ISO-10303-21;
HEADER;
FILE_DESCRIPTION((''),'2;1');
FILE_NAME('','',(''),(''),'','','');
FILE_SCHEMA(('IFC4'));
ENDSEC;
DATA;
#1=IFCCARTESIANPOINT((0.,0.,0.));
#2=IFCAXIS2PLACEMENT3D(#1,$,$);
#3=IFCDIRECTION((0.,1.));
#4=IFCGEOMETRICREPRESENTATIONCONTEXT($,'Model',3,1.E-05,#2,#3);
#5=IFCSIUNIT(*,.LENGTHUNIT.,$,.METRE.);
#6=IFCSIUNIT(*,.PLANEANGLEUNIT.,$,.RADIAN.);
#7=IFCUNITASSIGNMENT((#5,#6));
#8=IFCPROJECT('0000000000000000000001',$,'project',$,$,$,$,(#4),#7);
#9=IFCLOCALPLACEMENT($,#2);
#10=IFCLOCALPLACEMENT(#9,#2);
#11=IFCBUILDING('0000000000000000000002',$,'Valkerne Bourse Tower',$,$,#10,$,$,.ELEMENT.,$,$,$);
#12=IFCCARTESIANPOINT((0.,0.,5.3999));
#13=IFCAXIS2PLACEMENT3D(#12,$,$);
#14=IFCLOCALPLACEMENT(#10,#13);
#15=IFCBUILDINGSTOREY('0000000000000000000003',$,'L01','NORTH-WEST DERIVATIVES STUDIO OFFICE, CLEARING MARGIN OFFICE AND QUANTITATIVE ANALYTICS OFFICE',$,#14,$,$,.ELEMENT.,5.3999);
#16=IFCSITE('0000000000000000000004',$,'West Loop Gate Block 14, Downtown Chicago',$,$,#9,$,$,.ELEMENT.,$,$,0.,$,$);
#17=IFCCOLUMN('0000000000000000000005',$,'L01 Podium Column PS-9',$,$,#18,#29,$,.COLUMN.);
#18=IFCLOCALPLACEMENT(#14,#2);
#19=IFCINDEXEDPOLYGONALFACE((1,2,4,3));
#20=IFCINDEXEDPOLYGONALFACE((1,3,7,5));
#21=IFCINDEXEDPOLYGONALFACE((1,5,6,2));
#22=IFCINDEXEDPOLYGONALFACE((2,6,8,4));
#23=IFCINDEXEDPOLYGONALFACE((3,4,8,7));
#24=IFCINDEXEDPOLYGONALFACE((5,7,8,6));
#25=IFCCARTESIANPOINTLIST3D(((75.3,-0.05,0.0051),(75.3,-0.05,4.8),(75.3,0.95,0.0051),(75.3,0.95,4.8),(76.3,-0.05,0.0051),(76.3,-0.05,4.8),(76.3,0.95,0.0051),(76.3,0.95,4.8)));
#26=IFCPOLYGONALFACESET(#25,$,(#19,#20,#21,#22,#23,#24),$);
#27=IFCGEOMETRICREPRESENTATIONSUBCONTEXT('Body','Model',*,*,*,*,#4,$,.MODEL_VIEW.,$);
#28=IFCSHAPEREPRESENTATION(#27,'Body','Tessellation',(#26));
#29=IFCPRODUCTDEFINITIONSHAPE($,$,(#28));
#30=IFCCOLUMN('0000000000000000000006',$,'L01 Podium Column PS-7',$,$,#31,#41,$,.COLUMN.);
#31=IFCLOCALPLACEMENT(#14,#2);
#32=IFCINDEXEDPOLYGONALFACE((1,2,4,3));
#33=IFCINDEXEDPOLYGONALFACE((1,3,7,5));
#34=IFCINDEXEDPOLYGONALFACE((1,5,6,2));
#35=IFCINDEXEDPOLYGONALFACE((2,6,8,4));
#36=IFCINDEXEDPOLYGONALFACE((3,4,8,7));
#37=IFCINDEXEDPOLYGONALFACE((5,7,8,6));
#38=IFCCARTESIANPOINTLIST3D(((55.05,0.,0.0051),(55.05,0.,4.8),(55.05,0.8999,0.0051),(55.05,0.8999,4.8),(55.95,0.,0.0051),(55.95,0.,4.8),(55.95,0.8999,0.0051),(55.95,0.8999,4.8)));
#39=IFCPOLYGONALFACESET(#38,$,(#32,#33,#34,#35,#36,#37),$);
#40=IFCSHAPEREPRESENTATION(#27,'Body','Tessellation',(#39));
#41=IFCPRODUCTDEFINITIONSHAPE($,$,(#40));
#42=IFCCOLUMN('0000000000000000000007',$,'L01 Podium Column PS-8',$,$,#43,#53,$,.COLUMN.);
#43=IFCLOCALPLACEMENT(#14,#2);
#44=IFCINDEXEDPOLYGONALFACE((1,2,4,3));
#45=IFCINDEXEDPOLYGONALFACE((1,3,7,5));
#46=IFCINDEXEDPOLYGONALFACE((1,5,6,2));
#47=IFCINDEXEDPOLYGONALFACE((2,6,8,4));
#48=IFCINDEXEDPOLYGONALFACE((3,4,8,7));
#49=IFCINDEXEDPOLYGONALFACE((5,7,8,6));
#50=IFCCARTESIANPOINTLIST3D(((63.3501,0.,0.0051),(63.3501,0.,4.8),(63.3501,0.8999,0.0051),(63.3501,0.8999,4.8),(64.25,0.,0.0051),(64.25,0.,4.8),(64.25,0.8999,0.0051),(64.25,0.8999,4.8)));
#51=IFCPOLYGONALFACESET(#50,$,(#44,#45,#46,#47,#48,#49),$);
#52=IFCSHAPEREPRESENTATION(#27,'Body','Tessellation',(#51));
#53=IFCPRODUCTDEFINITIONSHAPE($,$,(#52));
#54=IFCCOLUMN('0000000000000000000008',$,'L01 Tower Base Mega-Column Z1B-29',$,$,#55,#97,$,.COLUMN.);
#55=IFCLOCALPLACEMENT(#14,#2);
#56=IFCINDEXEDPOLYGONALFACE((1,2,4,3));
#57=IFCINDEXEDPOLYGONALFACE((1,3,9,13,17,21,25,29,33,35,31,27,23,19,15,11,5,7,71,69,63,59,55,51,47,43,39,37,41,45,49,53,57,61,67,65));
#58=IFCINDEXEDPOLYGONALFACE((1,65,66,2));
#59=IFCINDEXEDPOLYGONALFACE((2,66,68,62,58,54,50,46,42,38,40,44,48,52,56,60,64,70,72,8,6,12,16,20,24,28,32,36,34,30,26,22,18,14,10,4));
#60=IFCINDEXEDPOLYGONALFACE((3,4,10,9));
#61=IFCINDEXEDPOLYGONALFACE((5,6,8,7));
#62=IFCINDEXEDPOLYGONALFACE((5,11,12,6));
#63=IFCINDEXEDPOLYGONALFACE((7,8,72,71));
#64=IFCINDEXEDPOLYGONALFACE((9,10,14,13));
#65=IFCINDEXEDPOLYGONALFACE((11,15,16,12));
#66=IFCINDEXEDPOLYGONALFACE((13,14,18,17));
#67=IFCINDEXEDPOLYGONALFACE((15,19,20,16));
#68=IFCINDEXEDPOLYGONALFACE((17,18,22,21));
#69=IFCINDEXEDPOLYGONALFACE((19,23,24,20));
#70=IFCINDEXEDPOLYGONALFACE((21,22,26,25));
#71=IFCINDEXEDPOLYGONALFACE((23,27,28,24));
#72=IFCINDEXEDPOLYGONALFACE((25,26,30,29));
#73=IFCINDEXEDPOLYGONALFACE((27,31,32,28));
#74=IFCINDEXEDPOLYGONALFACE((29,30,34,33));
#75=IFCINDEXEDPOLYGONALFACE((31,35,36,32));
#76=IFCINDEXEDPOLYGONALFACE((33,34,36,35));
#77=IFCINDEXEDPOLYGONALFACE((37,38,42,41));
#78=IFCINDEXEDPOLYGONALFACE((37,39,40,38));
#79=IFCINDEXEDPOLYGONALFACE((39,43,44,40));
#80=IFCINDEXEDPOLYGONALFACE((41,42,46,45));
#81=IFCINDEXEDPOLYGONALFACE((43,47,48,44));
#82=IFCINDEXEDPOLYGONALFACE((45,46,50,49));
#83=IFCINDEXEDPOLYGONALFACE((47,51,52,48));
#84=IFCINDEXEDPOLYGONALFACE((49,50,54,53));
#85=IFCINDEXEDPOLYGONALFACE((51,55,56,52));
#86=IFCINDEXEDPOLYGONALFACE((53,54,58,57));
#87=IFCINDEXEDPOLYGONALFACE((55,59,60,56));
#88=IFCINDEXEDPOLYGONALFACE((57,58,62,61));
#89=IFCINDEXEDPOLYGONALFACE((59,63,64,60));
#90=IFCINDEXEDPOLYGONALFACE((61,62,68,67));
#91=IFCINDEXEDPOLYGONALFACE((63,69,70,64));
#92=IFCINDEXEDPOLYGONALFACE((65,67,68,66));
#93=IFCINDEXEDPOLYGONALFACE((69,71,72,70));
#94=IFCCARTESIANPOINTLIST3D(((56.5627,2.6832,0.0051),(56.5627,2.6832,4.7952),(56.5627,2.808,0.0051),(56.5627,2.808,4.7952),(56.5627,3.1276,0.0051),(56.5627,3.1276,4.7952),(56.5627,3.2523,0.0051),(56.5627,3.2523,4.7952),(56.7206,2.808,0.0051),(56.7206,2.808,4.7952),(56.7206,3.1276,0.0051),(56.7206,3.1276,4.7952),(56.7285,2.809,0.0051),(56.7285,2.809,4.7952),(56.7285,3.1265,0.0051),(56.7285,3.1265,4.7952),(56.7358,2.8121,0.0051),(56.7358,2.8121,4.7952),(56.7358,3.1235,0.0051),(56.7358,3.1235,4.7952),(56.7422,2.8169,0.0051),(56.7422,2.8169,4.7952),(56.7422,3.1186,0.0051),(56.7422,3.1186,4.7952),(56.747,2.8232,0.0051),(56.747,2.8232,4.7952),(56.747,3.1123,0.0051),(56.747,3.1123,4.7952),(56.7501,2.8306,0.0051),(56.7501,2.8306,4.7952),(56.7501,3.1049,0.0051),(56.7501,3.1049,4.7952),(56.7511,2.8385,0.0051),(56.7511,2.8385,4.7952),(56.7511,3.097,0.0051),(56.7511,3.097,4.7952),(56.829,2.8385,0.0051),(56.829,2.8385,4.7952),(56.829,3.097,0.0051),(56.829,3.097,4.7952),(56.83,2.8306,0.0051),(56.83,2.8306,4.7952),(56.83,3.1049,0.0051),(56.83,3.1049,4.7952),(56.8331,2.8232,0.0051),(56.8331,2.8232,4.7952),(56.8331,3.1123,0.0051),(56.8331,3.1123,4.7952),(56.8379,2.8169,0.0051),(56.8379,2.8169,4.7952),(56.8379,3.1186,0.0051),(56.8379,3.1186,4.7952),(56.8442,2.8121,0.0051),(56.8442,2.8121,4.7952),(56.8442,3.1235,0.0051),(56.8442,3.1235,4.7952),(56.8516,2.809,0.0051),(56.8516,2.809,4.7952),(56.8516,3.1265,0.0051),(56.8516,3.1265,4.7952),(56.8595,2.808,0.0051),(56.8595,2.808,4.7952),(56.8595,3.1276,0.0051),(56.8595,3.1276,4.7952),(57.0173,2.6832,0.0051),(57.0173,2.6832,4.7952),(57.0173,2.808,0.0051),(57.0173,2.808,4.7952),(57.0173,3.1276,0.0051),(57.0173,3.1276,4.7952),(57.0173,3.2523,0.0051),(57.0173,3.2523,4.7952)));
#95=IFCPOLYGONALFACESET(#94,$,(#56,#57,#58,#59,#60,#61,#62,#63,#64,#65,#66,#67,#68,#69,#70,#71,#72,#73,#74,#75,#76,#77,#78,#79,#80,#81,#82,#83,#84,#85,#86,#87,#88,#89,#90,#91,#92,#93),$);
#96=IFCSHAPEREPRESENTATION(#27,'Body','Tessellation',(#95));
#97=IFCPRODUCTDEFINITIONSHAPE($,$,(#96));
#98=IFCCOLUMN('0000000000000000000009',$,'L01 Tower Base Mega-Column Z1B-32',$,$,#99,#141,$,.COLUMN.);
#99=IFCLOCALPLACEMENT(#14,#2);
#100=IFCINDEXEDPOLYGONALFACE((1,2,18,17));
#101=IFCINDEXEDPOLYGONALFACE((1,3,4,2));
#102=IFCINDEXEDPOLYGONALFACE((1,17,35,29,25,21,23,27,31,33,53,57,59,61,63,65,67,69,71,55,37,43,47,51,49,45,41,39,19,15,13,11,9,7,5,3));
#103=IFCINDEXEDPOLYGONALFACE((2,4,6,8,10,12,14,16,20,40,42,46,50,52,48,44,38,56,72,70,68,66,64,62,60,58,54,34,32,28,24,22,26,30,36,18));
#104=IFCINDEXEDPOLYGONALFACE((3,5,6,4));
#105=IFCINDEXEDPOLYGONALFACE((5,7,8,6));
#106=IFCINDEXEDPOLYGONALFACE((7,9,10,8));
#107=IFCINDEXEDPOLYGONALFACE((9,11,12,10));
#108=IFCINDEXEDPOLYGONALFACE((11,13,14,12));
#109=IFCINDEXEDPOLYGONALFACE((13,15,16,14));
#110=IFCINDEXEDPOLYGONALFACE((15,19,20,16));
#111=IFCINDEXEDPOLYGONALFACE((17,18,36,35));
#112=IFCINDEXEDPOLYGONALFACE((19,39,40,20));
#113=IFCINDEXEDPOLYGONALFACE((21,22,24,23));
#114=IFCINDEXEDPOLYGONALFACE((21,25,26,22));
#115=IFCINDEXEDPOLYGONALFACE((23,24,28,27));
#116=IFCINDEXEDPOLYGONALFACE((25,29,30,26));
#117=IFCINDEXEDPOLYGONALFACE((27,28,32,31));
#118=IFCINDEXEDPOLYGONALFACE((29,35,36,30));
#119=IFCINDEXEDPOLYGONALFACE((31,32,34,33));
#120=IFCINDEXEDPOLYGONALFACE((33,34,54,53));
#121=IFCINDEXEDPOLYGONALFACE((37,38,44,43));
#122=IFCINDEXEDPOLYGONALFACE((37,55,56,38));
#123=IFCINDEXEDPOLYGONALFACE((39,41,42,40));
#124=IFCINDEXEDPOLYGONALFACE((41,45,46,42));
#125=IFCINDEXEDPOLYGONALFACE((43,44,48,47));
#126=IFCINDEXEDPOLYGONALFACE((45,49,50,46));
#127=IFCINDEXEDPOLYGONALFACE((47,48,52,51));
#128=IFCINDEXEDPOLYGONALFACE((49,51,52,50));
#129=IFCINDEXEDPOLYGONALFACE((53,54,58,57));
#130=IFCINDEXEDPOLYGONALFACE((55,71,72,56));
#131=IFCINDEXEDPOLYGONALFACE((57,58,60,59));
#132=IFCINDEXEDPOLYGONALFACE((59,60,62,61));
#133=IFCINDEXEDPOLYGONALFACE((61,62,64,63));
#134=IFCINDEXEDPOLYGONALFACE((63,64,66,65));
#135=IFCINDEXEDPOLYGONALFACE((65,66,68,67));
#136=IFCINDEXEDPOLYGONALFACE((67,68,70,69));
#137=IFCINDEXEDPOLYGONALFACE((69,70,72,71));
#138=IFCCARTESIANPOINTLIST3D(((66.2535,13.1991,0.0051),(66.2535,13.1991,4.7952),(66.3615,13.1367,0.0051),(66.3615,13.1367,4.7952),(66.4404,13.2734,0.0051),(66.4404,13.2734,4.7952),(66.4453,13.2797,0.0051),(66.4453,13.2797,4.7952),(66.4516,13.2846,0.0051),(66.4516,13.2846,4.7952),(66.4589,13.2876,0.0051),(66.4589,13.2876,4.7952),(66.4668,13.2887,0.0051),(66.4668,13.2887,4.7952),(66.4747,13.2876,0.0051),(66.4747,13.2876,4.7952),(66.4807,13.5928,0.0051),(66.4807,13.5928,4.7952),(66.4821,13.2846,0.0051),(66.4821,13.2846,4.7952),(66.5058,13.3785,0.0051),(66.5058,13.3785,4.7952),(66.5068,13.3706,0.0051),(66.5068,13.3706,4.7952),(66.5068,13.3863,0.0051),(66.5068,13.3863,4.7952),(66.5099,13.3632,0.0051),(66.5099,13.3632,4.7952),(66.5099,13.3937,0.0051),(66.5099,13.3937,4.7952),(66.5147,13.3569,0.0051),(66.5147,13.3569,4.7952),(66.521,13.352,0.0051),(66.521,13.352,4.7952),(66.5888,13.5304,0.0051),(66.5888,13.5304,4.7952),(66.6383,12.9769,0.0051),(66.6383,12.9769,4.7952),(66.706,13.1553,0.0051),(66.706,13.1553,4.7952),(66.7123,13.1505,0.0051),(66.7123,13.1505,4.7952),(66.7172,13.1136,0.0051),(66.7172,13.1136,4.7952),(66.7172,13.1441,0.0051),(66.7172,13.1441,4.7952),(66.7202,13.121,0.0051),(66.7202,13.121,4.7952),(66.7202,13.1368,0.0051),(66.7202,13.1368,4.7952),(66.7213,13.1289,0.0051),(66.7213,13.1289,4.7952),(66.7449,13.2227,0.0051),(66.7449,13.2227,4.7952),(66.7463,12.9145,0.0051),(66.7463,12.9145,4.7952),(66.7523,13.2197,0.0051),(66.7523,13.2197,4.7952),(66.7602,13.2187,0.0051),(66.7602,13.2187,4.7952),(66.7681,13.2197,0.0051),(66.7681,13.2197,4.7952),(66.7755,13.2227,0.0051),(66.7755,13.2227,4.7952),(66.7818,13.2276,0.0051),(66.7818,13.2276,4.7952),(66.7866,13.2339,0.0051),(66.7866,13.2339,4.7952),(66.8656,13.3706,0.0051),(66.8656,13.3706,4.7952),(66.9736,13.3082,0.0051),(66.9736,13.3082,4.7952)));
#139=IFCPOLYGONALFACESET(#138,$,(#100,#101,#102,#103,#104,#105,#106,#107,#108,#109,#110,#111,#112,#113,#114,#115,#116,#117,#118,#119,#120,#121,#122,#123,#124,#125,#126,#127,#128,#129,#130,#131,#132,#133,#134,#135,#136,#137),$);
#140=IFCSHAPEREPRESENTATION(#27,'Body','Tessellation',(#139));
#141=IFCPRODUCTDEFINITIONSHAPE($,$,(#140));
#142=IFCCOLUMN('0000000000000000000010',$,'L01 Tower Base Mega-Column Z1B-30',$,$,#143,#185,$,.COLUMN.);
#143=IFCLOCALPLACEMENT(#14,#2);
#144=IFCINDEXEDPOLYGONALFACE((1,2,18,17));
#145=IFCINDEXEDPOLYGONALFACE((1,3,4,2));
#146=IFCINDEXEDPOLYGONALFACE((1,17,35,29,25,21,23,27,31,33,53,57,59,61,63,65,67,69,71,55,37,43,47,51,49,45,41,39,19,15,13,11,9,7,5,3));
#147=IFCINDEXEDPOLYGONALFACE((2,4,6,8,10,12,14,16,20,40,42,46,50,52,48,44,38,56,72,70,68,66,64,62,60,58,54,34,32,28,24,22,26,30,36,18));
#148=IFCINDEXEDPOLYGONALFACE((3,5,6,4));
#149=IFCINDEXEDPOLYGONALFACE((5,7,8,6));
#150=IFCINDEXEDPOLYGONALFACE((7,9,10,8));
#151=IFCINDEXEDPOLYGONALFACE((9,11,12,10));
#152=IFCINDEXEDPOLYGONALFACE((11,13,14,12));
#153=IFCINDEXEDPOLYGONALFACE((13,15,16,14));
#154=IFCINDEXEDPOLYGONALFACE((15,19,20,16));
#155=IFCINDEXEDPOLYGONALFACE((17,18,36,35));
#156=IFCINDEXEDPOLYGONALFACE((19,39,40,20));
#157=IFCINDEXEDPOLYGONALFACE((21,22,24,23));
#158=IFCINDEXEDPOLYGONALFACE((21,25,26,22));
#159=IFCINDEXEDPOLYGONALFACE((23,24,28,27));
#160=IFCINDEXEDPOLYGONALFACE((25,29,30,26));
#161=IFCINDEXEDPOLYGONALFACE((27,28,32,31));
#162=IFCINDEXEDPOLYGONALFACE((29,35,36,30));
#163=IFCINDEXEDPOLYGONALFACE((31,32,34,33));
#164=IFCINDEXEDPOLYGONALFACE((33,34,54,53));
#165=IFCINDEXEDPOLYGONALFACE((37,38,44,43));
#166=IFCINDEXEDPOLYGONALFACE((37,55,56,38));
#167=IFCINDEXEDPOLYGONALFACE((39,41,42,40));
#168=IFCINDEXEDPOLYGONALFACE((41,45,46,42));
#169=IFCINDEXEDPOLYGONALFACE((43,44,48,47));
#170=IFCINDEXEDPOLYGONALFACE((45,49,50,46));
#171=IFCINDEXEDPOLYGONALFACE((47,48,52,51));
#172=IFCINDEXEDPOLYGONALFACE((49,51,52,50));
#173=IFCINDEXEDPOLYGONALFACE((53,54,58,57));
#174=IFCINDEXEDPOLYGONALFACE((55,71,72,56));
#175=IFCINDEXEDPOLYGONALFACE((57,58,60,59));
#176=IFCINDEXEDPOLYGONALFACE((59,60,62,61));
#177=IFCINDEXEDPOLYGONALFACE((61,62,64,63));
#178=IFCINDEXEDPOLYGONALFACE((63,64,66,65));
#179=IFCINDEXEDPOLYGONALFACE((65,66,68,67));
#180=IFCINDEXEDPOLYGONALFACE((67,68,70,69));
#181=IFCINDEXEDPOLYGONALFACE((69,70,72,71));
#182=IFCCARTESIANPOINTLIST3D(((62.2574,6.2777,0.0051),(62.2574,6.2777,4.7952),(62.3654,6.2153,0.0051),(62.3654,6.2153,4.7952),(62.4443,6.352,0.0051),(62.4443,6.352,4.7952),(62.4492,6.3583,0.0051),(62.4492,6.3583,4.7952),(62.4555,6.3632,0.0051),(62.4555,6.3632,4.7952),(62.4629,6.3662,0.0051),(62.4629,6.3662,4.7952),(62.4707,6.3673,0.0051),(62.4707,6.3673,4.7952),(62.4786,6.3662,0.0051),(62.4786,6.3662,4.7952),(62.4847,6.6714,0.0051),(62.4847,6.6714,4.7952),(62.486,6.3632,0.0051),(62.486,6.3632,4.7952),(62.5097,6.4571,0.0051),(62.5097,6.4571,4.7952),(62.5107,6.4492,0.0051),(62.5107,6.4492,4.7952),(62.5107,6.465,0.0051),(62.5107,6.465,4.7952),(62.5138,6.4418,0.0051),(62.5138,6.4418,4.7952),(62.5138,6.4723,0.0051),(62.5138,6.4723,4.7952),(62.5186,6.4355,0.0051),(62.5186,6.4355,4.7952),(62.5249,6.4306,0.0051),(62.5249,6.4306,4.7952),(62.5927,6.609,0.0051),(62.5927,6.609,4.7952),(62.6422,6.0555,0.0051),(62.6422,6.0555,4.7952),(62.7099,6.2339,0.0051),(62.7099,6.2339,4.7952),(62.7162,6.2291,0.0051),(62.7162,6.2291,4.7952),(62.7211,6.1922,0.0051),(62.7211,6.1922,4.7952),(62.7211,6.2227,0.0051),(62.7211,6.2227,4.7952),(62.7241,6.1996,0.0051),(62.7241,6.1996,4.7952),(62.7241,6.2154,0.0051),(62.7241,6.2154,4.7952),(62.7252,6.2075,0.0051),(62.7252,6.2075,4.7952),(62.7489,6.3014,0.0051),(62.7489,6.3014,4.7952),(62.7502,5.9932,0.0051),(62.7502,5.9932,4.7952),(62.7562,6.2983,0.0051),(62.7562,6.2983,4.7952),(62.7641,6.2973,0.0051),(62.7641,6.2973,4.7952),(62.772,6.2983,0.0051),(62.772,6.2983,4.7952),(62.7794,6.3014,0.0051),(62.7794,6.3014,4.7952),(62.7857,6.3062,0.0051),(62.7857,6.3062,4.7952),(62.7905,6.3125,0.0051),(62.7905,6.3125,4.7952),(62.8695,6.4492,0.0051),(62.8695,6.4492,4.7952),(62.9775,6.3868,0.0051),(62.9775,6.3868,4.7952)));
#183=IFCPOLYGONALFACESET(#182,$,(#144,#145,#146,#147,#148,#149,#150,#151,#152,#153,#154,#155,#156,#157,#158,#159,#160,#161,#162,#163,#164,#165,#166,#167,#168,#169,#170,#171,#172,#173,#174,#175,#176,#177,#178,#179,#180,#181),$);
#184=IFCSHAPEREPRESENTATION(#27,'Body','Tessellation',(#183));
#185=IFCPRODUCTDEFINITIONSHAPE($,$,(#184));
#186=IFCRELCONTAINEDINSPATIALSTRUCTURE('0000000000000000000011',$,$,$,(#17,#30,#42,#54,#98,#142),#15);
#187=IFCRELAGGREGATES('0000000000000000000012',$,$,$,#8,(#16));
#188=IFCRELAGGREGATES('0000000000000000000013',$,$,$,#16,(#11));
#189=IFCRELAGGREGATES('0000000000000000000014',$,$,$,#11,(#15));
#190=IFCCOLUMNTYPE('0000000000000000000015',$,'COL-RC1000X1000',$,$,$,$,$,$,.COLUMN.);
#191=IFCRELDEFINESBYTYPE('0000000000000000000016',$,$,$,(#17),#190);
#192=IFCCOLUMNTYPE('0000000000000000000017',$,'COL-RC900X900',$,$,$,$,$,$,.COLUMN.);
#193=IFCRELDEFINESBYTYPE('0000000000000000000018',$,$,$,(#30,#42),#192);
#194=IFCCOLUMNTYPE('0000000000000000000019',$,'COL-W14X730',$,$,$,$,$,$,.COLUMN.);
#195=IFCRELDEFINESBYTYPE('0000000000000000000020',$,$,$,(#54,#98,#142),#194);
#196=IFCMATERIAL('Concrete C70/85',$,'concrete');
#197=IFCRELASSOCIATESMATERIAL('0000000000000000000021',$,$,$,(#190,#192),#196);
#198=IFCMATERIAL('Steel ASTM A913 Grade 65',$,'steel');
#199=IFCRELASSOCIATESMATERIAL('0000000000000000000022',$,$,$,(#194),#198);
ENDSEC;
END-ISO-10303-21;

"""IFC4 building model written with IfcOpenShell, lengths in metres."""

from ifc_helpers import new_model, si_unit, direction, frame, origin, origin_2d, place, context, subcontext, project, spatial, rectangle, i_section, extrude, material, material_profile, profile_set, type_object, element, save


model = new_model("IFC4")

# Units and contexts
model_context = context("Model", 3, precision=1e-05, world=origin(), true_north=direction((0.0, 1.0)))
body_context = subcontext(model_context, "Body", "Model", "MODEL_VIEW")
ifc_project = project(units=[si_unit("LENGTHUNIT", "METRE"), si_unit("PLANEANGLEUNIT", "RADIAN")], contexts=[model_context])

# Site, building, storey
site_placement = place(None, origin())
site = spatial("IfcSite", under=ifc_project, at=site_placement, Name="West Loop Gate Block 14, Downtown Chicago", CompositionType="ELEMENT", RefElevation=0.0)
building_placement = place(site_placement, origin())
building = spatial("IfcBuilding", under=site, at=building_placement, Name="Valkerne Bourse Tower", CompositionType="ELEMENT")
storey_placement = place(building_placement, frame((0.0, 0.0, 5.3999)))
storey = spatial("IfcBuildingStorey", under=building, at=storey_placement, Name="L01", Description="NORTH-WEST DERIVATIVES STUDIO OFFICE, CLEARING MARGIN OFFICE AND QUANTITATIVE ANALYTICS OFFICE", CompositionType="ELEMENT", Elevation=5.3999)

# Columns
ifc_material_1 = material(Name="Concrete C70/85", Category="concrete")
ifc_material_profile_1 = material_profile(ifc_material_1, rectangle(XDim=1.0, YDim=1.0, at=origin_2d()), Name="RC1000X1000")
ifc_profile_set_1 = profile_set([ifc_material_profile_1], Name="Concrete C70/85")
column_type_1 = type_object("IfcColumnType", Name="COL-RC1000X1000", PredefinedType="COLUMN", material=ifc_profile_set_1)
column_placement = place(storey_placement, frame((75.8, 0.45, 0.0051), z_axis=(0.0, 0.0, 1.0), x_axis=(1.0, 0.0, 0.0)))
element("IfcColumn", 1, at=column_placement, inside=storey, type_object=column_type_1, Name="L01 Podium Column PS-9", PredefinedType="COLUMN", context=body_context, shape_type="SweptSolid", body=[
    extrude(rectangle(XDim=1.0, YDim=1.0, at=origin_2d()), origin(), (0.0, 0.0, 1.0), 4.7949),
])
ifc_material_profile_2 = material_profile(ifc_material_1, rectangle(XDim=0.8999, YDim=0.8999, at=origin_2d()), Name="RC900X900")
ifc_profile_set_2 = profile_set([ifc_material_profile_2], Name="Concrete C70/85")
column_type_2 = type_object("IfcColumnType", Name="COL-RC900X900", PredefinedType="COLUMN", material=ifc_profile_set_2)
for number, where, z_axis, x_axis, name in (
    (2, (55.5, 0.45, 0.0051), (0.0, 0.0, 1.0), (1.0, 0.0, 0.0), "L01 Podium Column PS-7"),
    (3, (63.8, 0.45, 0.0051), (0.0, 0.0, 1.0), (1.0, 0.0, 0.0), "L01 Podium Column PS-8"),
):
    element("IfcColumn", number, at=place(storey_placement, frame(where, z_axis=z_axis, x_axis=x_axis)), inside=storey, type_object=column_type_2, Name=name, PredefinedType="COLUMN", context=body_context, shape_type="SweptSolid", body=[
        extrude(rectangle(XDim=0.8999, YDim=0.8999, at=origin_2d()), origin(), (0.0, 0.0, 1.0), 4.7949),
    ])
ifc_material_2 = material(Name="Steel ASTM A913 Grade 65", Category="steel")
ifc_material_profile_3 = material_profile(ifc_material_2, i_section(OverallWidth=0.4546, OverallDepth=0.5691, WebThickness=0.0779, FlangeThickness=0.1248, FilletRadius=0.0305, at=origin_2d()), Name="W14X730")
ifc_profile_set_3 = profile_set([ifc_material_profile_3], Name="Steel ASTM A913 Grade 65")
column_type_3 = type_object("IfcColumnType", Name="COL-W14X730", PredefinedType="COLUMN", material=ifc_profile_set_3)
for number, where, z_axis, x_axis, name in (
    (4, (56.79, 2.9678, 0.0051), (0.0, 0.0, 1.0), (1.0, 0.0, 0.0), "L01 Tower Base Mega-Column Z1B-29"),
    (5, (66.6135, 13.2537, 0.0051), (0.0, 0.0, 1.0), (0.5, 0.866025, 0.0), "L01 Tower Base Mega-Column Z1B-32"),
    (6, (62.6174, 6.3323, 0.0051), (0.0, 0.0, 1.0), (0.5, 0.866025, 0.0), "L01 Tower Base Mega-Column Z1B-30"),
):
    element("IfcColumn", number, at=place(storey_placement, frame(where, z_axis=z_axis, x_axis=x_axis)), inside=storey, type_object=column_type_3, Name=name, PredefinedType="COLUMN", context=body_context, shape_type="SweptSolid", body=[
        extrude(i_section(OverallWidth=0.4546, OverallDepth=0.5691, WebThickness=0.0779, FlangeThickness=0.1248, FilletRadius=0.0305, at=origin_2d()), origin(), (0.0, 0.0, 1.0), 4.79),
    ])

save(model, "model.ifc")
